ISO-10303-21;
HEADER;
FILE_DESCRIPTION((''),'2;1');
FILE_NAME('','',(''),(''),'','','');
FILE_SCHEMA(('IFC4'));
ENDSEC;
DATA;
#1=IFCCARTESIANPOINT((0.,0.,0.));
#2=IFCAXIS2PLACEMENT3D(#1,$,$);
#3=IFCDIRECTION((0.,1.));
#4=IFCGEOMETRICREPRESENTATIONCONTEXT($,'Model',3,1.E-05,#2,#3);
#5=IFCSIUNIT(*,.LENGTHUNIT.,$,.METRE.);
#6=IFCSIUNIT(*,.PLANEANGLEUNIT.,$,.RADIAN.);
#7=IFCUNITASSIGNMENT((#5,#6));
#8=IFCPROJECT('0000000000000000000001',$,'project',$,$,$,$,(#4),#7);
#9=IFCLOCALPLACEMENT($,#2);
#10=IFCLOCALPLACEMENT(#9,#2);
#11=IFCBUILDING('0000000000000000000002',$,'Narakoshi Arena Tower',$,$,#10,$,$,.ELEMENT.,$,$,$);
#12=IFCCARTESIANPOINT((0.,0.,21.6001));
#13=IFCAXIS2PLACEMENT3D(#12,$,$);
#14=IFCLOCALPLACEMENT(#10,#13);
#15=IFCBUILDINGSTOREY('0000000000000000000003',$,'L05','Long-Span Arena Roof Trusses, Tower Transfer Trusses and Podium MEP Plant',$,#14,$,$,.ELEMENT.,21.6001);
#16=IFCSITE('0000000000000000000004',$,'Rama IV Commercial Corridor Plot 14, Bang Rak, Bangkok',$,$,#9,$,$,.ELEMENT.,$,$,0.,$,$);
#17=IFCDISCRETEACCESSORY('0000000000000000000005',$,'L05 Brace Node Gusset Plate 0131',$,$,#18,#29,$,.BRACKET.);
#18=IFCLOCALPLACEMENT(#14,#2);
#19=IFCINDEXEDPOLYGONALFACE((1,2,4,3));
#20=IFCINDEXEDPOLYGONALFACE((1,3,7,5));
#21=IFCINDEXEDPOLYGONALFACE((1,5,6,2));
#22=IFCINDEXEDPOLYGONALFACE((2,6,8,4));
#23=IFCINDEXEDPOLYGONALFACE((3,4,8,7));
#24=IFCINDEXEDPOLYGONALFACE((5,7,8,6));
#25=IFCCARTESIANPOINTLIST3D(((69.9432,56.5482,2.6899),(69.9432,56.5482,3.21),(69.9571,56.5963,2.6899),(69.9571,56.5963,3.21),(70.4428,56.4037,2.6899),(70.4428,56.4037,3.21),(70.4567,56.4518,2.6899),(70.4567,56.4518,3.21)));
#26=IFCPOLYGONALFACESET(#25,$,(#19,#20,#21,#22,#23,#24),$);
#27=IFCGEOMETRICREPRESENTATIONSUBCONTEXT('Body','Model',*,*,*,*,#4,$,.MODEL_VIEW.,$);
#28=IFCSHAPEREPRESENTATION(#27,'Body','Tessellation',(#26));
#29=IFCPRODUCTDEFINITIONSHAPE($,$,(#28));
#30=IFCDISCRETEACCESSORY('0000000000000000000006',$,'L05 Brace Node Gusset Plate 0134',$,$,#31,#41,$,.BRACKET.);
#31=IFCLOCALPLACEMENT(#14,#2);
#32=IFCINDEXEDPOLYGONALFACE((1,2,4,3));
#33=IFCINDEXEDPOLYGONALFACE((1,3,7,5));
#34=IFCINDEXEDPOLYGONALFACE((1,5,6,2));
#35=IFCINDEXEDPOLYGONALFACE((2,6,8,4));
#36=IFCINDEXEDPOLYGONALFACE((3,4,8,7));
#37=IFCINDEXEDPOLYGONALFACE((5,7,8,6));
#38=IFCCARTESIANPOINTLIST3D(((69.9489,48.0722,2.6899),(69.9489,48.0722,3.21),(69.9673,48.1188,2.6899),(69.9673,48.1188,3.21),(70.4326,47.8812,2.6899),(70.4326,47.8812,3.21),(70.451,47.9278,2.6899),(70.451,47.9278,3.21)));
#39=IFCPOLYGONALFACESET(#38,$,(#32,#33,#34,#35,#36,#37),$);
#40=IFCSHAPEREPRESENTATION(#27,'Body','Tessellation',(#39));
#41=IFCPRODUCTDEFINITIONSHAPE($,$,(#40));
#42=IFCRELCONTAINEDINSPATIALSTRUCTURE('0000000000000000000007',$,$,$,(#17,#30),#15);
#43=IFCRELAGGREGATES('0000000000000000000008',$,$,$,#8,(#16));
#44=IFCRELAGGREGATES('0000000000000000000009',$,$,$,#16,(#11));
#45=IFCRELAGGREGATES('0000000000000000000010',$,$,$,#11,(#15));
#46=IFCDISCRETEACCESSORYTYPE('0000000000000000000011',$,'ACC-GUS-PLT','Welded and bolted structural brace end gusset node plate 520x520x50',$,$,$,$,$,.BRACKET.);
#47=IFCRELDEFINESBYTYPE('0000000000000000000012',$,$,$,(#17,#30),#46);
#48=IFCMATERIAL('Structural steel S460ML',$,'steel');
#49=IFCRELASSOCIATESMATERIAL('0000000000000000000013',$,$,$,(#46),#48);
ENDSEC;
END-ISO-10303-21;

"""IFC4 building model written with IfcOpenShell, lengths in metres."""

from ifc_helpers import new_model, si_unit, direction, frame, origin, origin_2d, place, context, subcontext, project, spatial, rectangle, extrude, material, type_object, element, save


model = new_model("IFC4")

# Units and contexts
model_context = context("Model", 3, precision=1e-05, world=origin(), true_north=direction((0.0, 1.0)))
body_context = subcontext(model_context, "Body", "Model", "MODEL_VIEW")
ifc_project = project(units=[si_unit("LENGTHUNIT", "METRE"), si_unit("PLANEANGLEUNIT", "RADIAN")], contexts=[model_context])

# Site, building, storey
site_placement = place(None, origin())
site = spatial("IfcSite", under=ifc_project, at=site_placement, Name="Rama IV Commercial Corridor Plot 14, Bang Rak, Bangkok", CompositionType="ELEMENT", RefElevation=0.0)
building_placement = place(site_placement, origin())
building = spatial("IfcBuilding", under=site, at=building_placement, Name="Narakoshi Arena Tower", CompositionType="ELEMENT")
storey_placement = place(building_placement, frame((0.0, 0.0, 21.6001)))
storey = spatial("IfcBuildingStorey", under=building, at=storey_placement, Name="L05", Description="Long-Span Arena Roof Trusses, Tower Transfer Trusses and Podium MEP Plant", CompositionType="ELEMENT", Elevation=21.6001)

# Shared definitions
ifc_material_1 = material(Name="Structural steel S460ML", Category="steel")

# Discrete accessories
discrete_accessory_type = type_object("IfcDiscreteAccessoryType", Name="ACC-GUS-PLT", Description="Welded and bolted structural brace end gusset node plate 520x520x50", PredefinedType="BRACKET", material=ifc_material_1)
for number, where, z_axis, x_axis, name in (
    (1, (70.2, 56.5, 2.6899), (0.0, 0.0, 1.0), (-0.960585, 0.277985, 0.0), "L05 Brace Node Gusset Plate 0131"),
    (2, (70.2, 48.0, 2.6899), (0.0, 0.0, 1.0), (-0.930097, 0.367313, 0.0), "L05 Brace Node Gusset Plate 0134"),
):
    element("IfcDiscreteAccessory", number, at=place(storey_placement, frame(where, z_axis=z_axis, x_axis=x_axis)), inside=storey, type_object=discrete_accessory_type, Name=name, PredefinedType="BRACKET", context=body_context, shape_type="SweptSolid", body=[
        extrude(rectangle(XDim=0.52, YDim=0.05, at=origin_2d()), origin(), (0.0, 0.0, 1.0), 0.52),
    ])

save(model, "model.ifc")
